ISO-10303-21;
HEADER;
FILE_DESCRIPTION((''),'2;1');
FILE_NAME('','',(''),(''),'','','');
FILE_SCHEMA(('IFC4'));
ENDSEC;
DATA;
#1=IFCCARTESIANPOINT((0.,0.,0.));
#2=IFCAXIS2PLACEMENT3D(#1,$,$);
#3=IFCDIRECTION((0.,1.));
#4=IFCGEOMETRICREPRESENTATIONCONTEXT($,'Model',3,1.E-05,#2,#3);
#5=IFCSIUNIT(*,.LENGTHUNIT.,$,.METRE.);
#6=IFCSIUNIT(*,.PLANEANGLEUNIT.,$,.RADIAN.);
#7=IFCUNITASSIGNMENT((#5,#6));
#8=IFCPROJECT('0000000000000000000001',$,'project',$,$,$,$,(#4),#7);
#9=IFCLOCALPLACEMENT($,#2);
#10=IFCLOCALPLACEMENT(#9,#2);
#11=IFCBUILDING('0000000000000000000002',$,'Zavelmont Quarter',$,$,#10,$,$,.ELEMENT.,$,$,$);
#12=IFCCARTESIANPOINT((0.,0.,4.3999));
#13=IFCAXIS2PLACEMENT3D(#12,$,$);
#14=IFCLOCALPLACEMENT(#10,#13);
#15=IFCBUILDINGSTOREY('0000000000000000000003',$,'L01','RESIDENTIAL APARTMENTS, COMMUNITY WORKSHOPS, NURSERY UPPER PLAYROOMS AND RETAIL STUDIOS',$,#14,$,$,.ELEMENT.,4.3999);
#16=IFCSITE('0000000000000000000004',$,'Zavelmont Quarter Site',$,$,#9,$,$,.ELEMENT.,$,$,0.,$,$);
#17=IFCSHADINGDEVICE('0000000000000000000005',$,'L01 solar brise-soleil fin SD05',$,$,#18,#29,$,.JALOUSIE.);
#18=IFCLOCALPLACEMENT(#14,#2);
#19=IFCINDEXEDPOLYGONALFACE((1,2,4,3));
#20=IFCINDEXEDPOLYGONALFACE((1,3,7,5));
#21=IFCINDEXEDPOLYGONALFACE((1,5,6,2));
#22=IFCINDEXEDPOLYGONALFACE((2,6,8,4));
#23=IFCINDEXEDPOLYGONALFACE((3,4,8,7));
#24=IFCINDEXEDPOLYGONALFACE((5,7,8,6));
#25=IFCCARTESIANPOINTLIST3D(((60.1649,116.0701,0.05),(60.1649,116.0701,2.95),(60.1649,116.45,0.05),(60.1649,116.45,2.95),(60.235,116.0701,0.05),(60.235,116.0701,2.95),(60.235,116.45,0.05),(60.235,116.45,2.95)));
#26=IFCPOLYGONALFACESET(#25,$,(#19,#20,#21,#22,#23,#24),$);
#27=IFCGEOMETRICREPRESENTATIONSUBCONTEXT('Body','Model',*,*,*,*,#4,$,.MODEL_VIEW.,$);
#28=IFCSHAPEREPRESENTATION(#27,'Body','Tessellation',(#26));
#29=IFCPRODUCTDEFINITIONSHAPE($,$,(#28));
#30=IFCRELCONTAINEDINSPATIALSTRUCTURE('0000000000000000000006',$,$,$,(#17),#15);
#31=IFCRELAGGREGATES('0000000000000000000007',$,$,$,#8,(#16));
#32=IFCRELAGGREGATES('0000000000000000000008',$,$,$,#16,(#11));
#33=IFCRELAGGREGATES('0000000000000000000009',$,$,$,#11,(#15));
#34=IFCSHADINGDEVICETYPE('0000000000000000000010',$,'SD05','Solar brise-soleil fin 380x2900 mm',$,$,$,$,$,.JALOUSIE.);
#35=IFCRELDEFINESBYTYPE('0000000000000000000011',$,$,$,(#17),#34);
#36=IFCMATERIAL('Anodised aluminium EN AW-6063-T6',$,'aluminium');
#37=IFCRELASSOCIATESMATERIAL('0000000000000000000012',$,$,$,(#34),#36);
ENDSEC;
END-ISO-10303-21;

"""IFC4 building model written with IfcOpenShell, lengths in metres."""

from ifc_helpers import new_model, si_unit, direction, frame, origin, origin_2d, place, context, subcontext, project, spatial, rectangle, extrude, material, type_object, element, save


model = new_model("IFC4")

# Units and contexts
model_context = context("Model", 3, precision=1e-05, world=origin(), true_north=direction((0.0, 1.0)))
body_context = subcontext(model_context, "Body", "Model", "MODEL_VIEW")
ifc_project = project(units=[si_unit("LENGTHUNIT", "METRE"), si_unit("PLANEANGLEUNIT", "RADIAN")], contexts=[model_context])

# Site, building, storey
site_placement = place(None, origin())
site = spatial("IfcSite", under=ifc_project, at=site_placement, Name="Zavelmont Quarter Site", CompositionType="ELEMENT", RefElevation=0.0)
building_placement = place(site_placement, origin())
building = spatial("IfcBuilding", under=site, at=building_placement, Name="Zavelmont Quarter", CompositionType="ELEMENT")
storey_placement = place(building_placement, frame((0.0, 0.0, 4.3999)))
storey = spatial("IfcBuildingStorey", under=building, at=storey_placement, Name="L01", Description="RESIDENTIAL APARTMENTS, COMMUNITY WORKSHOPS, NURSERY UPPER PLAYROOMS AND RETAIL STUDIOS", CompositionType="ELEMENT", Elevation=4.3999)

# Shading device
ifc_material_1 = material(Name="Anodised aluminium EN AW-6063-T6", Category="aluminium")
shading_device_type = type_object("IfcShadingDeviceType", Name="SD05", Description="Solar brise-soleil fin 380x2900 mm", PredefinedType="JALOUSIE", material=ifc_material_1)
shading_device_placement = place(storey_placement, frame((60.2, 116.26, 0.05), z_axis=(0.0, 0.0, 1.0), x_axis=(1.0, 0.0, 0.0)))
element("IfcShadingDevice", 1, at=shading_device_placement, inside=storey, type_object=shading_device_type, Name="L01 solar brise-soleil fin SD05", PredefinedType="JALOUSIE", context=body_context, shape_type="SweptSolid", body=[
    extrude(rectangle(XDim=0.0701, YDim=0.3799, at=origin_2d()), origin(), (0.0, 0.0, 1.0), 2.8999),
])

save(model, "model.ifc")
